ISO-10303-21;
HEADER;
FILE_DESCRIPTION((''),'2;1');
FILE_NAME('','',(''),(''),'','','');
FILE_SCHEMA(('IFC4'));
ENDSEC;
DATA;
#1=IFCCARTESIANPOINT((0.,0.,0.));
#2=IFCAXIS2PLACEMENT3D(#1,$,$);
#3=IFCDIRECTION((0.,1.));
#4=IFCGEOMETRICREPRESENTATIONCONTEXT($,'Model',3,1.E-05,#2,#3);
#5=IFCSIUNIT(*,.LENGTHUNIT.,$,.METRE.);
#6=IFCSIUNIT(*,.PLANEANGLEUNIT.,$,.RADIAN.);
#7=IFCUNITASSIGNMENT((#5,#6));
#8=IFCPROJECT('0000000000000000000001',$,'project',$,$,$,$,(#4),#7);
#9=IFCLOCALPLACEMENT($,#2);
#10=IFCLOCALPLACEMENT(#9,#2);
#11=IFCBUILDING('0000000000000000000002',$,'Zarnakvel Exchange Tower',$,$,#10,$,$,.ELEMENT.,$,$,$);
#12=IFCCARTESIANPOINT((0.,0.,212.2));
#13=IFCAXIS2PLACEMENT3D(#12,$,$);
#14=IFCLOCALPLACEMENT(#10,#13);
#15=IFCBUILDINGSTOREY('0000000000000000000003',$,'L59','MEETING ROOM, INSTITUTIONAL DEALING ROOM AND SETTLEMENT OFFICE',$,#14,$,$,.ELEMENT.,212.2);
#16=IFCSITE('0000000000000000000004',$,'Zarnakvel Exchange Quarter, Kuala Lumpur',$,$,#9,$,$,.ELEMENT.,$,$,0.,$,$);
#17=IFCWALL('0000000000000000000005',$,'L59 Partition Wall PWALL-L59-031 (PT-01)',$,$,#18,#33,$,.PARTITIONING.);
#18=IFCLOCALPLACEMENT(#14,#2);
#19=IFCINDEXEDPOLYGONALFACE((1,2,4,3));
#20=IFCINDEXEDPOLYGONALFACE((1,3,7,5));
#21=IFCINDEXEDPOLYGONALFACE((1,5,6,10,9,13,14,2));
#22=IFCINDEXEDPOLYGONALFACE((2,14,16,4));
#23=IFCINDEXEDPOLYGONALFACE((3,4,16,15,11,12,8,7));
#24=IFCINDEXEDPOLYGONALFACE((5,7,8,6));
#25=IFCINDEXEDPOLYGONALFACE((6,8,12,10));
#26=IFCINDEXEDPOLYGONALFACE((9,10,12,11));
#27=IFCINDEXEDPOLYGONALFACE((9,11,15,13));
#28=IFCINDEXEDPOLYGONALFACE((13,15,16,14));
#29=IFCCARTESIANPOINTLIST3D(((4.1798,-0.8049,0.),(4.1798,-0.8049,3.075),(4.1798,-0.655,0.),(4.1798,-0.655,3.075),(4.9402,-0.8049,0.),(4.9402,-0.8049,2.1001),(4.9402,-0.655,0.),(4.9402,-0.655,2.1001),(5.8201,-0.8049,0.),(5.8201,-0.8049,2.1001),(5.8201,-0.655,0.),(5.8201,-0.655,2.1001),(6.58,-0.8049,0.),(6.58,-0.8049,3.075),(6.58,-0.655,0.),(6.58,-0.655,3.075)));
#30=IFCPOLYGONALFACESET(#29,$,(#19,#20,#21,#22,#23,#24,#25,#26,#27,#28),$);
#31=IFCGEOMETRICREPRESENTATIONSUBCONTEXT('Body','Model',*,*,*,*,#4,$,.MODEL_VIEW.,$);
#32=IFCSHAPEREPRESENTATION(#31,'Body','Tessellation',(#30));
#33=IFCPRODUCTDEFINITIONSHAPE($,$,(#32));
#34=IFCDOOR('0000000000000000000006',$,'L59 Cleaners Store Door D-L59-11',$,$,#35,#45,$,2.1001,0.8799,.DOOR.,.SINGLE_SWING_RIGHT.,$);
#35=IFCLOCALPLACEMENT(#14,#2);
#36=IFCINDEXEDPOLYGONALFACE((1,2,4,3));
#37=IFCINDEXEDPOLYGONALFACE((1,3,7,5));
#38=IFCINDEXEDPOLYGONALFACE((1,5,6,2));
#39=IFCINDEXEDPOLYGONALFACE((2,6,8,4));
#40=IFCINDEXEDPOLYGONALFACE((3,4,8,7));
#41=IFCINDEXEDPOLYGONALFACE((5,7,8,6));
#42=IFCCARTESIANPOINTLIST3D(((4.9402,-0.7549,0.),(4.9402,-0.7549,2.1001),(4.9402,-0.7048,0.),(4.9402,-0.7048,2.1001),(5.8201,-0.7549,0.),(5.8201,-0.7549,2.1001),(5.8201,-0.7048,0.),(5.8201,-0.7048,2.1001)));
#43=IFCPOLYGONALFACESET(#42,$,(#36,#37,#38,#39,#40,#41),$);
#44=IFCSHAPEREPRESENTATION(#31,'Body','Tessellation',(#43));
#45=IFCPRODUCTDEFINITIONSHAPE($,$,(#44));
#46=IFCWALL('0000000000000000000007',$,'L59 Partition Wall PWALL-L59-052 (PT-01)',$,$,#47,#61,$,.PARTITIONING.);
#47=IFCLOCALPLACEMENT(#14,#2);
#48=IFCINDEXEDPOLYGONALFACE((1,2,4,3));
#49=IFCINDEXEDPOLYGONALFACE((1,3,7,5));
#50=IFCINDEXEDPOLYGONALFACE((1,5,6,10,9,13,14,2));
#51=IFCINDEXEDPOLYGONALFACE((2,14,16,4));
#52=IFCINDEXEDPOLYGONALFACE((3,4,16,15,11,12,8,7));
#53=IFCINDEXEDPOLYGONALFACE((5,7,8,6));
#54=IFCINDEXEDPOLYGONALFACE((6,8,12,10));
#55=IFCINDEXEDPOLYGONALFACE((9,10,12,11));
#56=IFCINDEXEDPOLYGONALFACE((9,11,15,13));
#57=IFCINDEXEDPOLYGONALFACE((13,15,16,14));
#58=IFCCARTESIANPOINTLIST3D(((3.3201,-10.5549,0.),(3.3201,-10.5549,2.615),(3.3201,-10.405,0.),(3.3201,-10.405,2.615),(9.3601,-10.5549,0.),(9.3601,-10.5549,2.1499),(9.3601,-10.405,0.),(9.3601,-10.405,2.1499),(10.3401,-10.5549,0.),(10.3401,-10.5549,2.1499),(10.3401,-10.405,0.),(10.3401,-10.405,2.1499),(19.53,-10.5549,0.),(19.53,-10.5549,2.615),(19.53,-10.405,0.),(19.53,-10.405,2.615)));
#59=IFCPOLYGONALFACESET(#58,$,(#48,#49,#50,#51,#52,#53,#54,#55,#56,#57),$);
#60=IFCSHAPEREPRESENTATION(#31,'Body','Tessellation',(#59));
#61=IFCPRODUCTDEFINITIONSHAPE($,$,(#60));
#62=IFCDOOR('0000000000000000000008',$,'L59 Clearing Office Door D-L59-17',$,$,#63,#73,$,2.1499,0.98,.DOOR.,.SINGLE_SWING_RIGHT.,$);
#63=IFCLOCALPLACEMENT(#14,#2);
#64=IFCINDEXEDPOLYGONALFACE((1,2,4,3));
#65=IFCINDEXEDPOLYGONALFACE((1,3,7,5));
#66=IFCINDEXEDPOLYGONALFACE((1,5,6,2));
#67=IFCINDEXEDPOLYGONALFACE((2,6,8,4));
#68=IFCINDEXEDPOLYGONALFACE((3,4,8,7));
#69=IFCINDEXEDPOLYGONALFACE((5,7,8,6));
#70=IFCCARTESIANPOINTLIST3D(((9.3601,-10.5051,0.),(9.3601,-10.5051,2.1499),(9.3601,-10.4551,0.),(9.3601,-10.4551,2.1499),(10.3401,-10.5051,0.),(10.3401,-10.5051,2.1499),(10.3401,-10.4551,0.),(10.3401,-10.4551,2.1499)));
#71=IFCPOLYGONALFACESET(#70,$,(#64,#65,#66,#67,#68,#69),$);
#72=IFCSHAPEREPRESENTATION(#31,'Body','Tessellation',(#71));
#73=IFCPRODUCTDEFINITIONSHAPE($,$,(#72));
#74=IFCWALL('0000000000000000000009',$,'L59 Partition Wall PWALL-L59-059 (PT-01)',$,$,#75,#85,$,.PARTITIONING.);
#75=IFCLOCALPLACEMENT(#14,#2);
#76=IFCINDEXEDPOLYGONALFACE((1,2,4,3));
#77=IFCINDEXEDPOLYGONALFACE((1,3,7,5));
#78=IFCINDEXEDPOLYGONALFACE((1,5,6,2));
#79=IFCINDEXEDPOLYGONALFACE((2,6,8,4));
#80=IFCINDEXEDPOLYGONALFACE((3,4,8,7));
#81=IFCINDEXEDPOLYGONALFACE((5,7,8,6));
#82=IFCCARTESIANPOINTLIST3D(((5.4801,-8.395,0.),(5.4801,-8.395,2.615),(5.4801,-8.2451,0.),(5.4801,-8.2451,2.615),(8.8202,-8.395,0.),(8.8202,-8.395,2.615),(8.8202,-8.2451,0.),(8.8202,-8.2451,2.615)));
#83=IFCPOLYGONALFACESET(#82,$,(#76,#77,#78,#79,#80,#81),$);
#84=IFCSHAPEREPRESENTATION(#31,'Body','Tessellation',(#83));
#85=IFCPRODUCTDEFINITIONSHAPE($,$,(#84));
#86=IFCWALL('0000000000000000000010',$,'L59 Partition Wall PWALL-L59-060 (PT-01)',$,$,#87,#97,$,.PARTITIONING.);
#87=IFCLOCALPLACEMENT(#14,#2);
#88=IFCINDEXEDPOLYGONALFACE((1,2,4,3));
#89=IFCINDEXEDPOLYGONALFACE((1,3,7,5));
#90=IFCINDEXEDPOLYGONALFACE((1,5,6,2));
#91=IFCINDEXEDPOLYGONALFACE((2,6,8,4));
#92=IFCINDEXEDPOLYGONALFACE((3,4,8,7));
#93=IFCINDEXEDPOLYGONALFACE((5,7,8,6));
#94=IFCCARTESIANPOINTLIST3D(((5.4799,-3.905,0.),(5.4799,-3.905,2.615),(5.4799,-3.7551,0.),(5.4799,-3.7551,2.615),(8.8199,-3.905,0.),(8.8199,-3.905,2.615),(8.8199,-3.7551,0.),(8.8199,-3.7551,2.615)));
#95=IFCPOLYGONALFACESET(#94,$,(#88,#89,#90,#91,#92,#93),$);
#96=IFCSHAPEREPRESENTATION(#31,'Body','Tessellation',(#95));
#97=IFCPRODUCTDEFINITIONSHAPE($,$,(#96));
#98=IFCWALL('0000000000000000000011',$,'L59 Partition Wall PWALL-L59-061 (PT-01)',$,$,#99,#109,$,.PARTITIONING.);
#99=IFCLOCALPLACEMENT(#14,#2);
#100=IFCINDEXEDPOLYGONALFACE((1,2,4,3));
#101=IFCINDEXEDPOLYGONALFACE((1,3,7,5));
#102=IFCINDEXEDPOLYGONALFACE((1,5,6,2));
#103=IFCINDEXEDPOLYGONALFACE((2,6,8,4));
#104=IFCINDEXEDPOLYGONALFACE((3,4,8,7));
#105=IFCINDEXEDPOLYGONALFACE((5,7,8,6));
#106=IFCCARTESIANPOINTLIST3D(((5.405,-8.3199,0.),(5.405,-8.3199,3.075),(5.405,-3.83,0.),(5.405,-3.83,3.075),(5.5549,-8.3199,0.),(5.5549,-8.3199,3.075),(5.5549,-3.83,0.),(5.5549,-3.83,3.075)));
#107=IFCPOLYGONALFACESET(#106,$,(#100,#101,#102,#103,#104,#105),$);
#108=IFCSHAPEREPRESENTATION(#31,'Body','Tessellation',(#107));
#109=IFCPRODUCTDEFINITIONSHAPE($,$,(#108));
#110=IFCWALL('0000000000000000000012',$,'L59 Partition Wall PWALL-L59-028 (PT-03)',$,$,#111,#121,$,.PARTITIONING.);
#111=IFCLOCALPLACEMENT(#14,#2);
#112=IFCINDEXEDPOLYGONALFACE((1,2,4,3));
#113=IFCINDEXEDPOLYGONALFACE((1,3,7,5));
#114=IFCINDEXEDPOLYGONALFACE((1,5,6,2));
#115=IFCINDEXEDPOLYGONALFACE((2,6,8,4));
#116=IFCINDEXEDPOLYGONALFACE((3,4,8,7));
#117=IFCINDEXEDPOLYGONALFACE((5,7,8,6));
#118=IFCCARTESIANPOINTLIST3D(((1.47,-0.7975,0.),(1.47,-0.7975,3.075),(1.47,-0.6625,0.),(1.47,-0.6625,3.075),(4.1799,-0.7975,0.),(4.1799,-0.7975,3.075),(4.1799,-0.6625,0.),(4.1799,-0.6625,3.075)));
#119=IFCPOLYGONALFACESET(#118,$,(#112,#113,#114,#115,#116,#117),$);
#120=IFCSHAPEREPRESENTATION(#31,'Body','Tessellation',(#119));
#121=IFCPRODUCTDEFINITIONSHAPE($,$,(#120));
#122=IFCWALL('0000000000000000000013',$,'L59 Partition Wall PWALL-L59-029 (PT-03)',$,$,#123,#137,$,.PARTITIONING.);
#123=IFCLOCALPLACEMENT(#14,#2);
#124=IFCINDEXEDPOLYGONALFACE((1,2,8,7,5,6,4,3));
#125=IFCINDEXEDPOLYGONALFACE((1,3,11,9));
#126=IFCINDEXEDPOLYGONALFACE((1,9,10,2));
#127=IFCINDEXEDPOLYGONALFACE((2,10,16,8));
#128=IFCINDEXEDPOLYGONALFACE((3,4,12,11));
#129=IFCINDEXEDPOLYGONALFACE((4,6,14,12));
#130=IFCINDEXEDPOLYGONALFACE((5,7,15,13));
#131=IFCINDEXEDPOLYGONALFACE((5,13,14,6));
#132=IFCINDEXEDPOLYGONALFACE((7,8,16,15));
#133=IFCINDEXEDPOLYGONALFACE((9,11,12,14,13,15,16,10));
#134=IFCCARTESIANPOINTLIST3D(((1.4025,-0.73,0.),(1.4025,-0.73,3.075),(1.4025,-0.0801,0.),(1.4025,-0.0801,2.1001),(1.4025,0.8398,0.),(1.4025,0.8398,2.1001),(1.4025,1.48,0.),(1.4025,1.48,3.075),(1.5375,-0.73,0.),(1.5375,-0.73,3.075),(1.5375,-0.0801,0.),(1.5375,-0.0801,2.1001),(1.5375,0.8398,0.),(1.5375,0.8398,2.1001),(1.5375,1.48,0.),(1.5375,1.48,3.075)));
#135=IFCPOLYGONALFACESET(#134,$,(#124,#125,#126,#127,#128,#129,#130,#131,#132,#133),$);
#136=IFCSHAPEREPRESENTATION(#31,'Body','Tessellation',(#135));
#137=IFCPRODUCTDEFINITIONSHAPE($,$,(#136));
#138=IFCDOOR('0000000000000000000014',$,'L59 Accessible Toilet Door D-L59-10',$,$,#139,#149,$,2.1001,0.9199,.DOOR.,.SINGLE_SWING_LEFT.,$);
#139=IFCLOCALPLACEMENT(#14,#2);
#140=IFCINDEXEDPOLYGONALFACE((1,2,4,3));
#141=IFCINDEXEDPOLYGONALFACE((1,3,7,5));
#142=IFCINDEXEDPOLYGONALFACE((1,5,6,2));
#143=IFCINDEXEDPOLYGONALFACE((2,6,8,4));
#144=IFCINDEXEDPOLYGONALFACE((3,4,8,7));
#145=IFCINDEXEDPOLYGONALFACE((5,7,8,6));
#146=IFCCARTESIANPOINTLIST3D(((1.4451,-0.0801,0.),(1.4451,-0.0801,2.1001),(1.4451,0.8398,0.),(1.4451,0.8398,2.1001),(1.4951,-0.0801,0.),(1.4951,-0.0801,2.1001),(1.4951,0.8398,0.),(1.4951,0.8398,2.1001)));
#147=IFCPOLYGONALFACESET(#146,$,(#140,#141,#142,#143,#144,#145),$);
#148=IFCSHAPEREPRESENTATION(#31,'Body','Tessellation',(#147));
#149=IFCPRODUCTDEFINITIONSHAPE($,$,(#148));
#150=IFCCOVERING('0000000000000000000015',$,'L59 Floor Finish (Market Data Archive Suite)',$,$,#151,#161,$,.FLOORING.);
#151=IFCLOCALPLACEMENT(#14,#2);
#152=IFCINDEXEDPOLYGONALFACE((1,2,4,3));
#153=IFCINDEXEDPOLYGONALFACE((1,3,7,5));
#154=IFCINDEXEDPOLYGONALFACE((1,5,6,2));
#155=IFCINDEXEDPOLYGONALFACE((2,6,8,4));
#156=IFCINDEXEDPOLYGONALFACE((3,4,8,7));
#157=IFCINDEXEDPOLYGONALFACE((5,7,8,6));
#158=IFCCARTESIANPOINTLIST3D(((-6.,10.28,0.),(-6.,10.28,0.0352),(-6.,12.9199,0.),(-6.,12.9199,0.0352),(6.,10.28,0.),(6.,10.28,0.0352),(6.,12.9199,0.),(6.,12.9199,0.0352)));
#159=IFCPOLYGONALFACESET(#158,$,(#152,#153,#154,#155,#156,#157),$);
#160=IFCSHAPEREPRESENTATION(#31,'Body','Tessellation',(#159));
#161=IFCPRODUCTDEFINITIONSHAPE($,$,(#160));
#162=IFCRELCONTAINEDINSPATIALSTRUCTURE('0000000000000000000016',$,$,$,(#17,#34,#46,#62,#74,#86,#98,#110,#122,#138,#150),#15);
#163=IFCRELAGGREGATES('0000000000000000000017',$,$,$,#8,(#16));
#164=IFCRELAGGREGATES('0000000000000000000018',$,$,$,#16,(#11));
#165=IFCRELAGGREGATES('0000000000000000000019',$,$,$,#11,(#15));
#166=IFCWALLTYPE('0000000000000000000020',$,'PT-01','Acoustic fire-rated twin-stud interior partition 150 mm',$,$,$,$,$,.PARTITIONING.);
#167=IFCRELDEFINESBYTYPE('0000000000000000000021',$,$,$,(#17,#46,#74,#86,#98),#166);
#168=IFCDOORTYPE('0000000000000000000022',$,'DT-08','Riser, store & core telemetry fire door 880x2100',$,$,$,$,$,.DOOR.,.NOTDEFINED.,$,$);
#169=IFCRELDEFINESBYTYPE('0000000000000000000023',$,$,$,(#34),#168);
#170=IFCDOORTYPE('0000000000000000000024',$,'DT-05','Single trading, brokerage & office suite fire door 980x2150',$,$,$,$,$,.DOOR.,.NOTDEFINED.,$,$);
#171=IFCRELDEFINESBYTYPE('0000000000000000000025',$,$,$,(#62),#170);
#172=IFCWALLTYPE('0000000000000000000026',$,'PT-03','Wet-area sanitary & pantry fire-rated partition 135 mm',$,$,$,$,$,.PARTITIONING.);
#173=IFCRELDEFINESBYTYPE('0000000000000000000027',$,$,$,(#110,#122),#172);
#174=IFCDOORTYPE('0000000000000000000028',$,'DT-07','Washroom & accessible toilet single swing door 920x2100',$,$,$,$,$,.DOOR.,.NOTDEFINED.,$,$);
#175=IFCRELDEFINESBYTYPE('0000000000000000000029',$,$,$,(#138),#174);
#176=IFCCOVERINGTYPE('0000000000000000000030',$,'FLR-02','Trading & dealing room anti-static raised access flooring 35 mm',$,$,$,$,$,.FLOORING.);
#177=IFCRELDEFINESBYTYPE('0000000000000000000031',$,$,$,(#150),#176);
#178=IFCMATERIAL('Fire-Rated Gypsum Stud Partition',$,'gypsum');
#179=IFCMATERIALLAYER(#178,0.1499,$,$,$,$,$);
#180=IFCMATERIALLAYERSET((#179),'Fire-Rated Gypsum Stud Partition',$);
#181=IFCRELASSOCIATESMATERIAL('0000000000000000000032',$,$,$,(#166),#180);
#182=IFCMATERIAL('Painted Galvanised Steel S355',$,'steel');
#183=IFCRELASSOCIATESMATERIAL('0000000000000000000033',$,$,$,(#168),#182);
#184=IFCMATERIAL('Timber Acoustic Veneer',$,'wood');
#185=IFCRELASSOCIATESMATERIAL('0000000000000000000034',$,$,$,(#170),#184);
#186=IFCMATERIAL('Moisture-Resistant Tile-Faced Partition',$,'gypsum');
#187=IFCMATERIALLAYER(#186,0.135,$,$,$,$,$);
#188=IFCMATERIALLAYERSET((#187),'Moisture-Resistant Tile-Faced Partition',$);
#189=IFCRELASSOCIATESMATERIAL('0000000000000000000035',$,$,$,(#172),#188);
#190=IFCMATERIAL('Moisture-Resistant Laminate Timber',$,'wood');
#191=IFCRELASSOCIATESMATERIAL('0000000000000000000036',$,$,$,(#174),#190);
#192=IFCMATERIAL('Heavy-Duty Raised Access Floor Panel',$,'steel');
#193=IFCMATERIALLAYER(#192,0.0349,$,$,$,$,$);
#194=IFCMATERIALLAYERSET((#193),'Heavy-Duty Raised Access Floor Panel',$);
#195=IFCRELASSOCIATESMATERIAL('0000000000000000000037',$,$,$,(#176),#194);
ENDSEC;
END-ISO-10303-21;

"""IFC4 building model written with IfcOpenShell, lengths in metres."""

from ifc_helpers import new_model, si_unit, direction, frame, frame_2d, origin, place, context, subcontext, project, spatial, polyline, rectangle, outline, extrude, source, transform, mapped, material, layer, layer_set, type_object, element, fill, save


model = new_model("IFC4")

# Units and contexts
model_context = context("Model", 3, precision=1e-05, world=origin(), true_north=direction((0.0, 1.0)))
body_context = subcontext(model_context, "Body", "Model", "MODEL_VIEW")
ifc_project = project(units=[si_unit("LENGTHUNIT", "METRE"), si_unit("PLANEANGLEUNIT", "RADIAN")], contexts=[model_context])

# Site, building, storey
site_placement = place(None, origin())
site = spatial("IfcSite", under=ifc_project, at=site_placement, Name="Zarnakvel Exchange Quarter, Kuala Lumpur", CompositionType="ELEMENT", RefElevation=0.0)
building_placement = place(site_placement, origin())
building = spatial("IfcBuilding", under=site, at=building_placement, Name="Zarnakvel Exchange Tower", CompositionType="ELEMENT")
storey_placement = place(building_placement, frame((0.0, 0.0, 212.2)))
storey = spatial("IfcBuildingStorey", under=building, at=storey_placement, Name="L59", Description="MEETING ROOM, INSTITUTIONAL DEALING ROOM AND SETTLEMENT OFFICE", CompositionType="ELEMENT", Elevation=212.2)

# Walls, openings, doors
ifc_material_1 = material(Name="Fire-Rated Gypsum Stud Partition", Category="gypsum")
ifc_layer_1 = layer(ifc_material_1, 0.1499)
ifc_layer_set_1 = layer_set([ifc_layer_1], Name="Fire-Rated Gypsum Stud Partition")
wall_type_1 = type_object("IfcWallType", Name="PT-01", Description="Acoustic fire-rated twin-stud interior partition 150 mm", PredefinedType="PARTITIONING", material=ifc_layer_set_1)
wall_1_placement = place(storey_placement, frame((6.5801, -0.73, 0.0), z_axis=(0.0, 0.0, 1.0), x_axis=(-1.0, 0.0, 0.0)))
wall_1 = element("IfcWall", 1, at=wall_1_placement, inside=storey, type_object=wall_type_1, Name="L59 Partition Wall PWALL-L59-031 (PT-01)", PredefinedType="PARTITIONING", context=body_context, shape_type="SweptSolid", body=[
    extrude(rectangle(XDim=2.4001, YDim=0.1499, at=frame_2d((1.2002, 0.0))), origin(), (0.0, 0.0, 1.0), 3.075),
])
opening_1_placement = place(wall_1_placement, frame((0.76, 0.0, 0.0)))
opening_1 = element("IfcOpeningElement", 2, at=opening_1_placement, cuts=wall_1, PredefinedType="OPENING", context=body_context, shape_type="SweptSolid", body=[
    extrude(rectangle(XDim=0.8799, YDim=2.1001, at=frame_2d((0.4399, 1.05))), frame((0.0, 0.085, 0.0), z_axis=(0.0, -1.0, 0.0), x_axis=(1.0, 0.0, 0.0)), (0.0, 0.0, 1.0), 0.1699),
])
ifc_material_2 = material(Name="Painted Galvanised Steel S355", Category="steel")
door_type_1 = type_object("IfcDoorType", Name="DT-08", Description="Riser, store & core telemetry fire door 880x2100", OperationType="NOTDEFINED", PredefinedType="DOOR", material=ifc_material_2)
shared_shape_1 = source(origin(), body_context, "Body", "SweptSolid", [
    extrude(rectangle(XDim=0.8799, YDim=2.1001, at=frame_2d((0.4399, 1.05))), frame((0.0, 0.0249, 0.0), z_axis=(0.0, -1.0, 0.0), x_axis=(1.0, 0.0, 0.0)), (0.0, 0.0, 1.0), 0.05),
])
door_1_placement = place(opening_1_placement, origin())
door_1 = element("IfcDoor", 3, at=door_1_placement, inside=storey, type_object=door_type_1, Name="L59 Cleaners Store Door D-L59-11", OperationType="SINGLE_SWING_RIGHT", OverallHeight=2.1001, OverallWidth=0.8799, PredefinedType="DOOR", context=body_context, shape_type="MappedRepresentation", body=[
    mapped(shared_shape_1, transform((0.0, 0.0, 0.0), x_axis=(1.0, 0.0, 0.0), y_axis=(0.0, 1.0, 0.0), z_axis=(0.0, 0.0, 1.0), scale=1.0)),
])
fill(opening_1, door_1)
wall_2_placement = place(storey_placement, frame((3.3201, -10.48, 0.0), z_axis=(0.0, 0.0, 1.0), x_axis=(1.0, 0.0, 0.0)))
wall_2 = element("IfcWall", 4, at=wall_2_placement, inside=storey, type_object=wall_type_1, Name="L59 Partition Wall PWALL-L59-052 (PT-01)", PredefinedType="PARTITIONING", context=body_context, shape_type="SweptSolid", body=[
    extrude(rectangle(XDim=16.21, YDim=0.1499, at=frame_2d((8.105, 0.0))), origin(), (0.0, 0.0, 1.0), 2.615),
])
opening_2_placement = place(wall_2_placement, frame((6.04, 0.0, 0.0)))
opening_2 = element("IfcOpeningElement", 5, at=opening_2_placement, cuts=wall_2, PredefinedType="OPENING", context=body_context, shape_type="SweptSolid", body=[
    extrude(rectangle(XDim=0.98, YDim=2.1499, at=frame_2d((0.49, 1.075))), frame((0.0, 0.085, 0.0), z_axis=(0.0, -1.0, 0.0), x_axis=(1.0, 0.0, 0.0)), (0.0, 0.0, 1.0), 0.1699),
])
ifc_material_3 = material(Name="Timber Acoustic Veneer", Category="wood")
door_type_2 = type_object("IfcDoorType", Name="DT-05", Description="Single trading, brokerage & office suite fire door 980x2150", OperationType="NOTDEFINED", PredefinedType="DOOR", material=ifc_material_3)
shared_shape_2 = source(origin(), body_context, "Body", "SweptSolid", [
    extrude(rectangle(XDim=0.98, YDim=2.1499, at=frame_2d((0.49, 1.075))), frame((0.0, 0.0249, 0.0), z_axis=(0.0, -1.0, 0.0), x_axis=(1.0, 0.0, 0.0)), (0.0, 0.0, 1.0), 0.05),
])
door_2_placement = place(opening_2_placement, origin())
door_2 = element("IfcDoor", 6, at=door_2_placement, inside=storey, type_object=door_type_2, Name="L59 Clearing Office Door D-L59-17", OperationType="SINGLE_SWING_RIGHT", OverallHeight=2.1499, OverallWidth=0.98, PredefinedType="DOOR", context=body_context, shape_type="MappedRepresentation", body=[
    mapped(shared_shape_2, transform((0.0, 0.0, 0.0), x_axis=(1.0, 0.0, 0.0), y_axis=(0.0, 1.0, 0.0), z_axis=(0.0, 0.0, 1.0), scale=1.0)),
])
fill(opening_2, door_2)

# Walls
for number, where, z_axis, x_axis, name in (
    (7, (8.8201, -8.3201, 0.0), (0.0, 0.0, 1.0), (-1.0, 0.0, 0.0), "L59 Partition Wall PWALL-L59-059 (PT-01)"),
    (8, (5.48, -3.8301, 0.0), (0.0, 0.0, 1.0), (1.0, 0.0, 0.0), "L59 Partition Wall PWALL-L59-060 (PT-01)"),
):
    element("IfcWall", number, at=place(storey_placement, frame(where, z_axis=z_axis, x_axis=x_axis)), inside=storey, type_object=wall_type_1, Name=name, PredefinedType="PARTITIONING", context=body_context, shape_type="SweptSolid", body=[
        extrude(rectangle(XDim=3.3401, YDim=0.1499, at=frame_2d((1.6699, 0.0))), origin(), (0.0, 0.0, 1.0), 2.615),
    ])
wall_3_placement = place(storey_placement, frame((5.48, -8.3201, 0.0), z_axis=(0.0, 0.0, 1.0), x_axis=(0.0, 1.0, 0.0)))
element("IfcWall", 9, at=wall_3_placement, inside=storey, type_object=wall_type_1, Name="L59 Partition Wall PWALL-L59-061 (PT-01)", PredefinedType="PARTITIONING", context=body_context, shape_type="SweptSolid", body=[
    extrude(rectangle(XDim=4.49, YDim=0.1499, at=frame_2d((2.2451, 0.0))), origin(), (0.0, 0.0, 1.0), 3.075),
])

# Wall
ifc_material_4 = material(Name="Moisture-Resistant Tile-Faced Partition", Category="gypsum")
ifc_layer_2 = layer(ifc_material_4, 0.135)
ifc_layer_set_2 = layer_set([ifc_layer_2], Name="Moisture-Resistant Tile-Faced Partition")
wall_type_2 = type_object("IfcWallType", Name="PT-03", Description="Wet-area sanitary & pantry fire-rated partition 135 mm", PredefinedType="PARTITIONING", material=ifc_layer_set_2)
wall_4_placement = place(storey_placement, frame((4.1799, -0.73, 0.0), z_axis=(0.0, 0.0, 1.0), x_axis=(-1.0, 0.0, 0.0)))
element("IfcWall", 10, at=wall_4_placement, inside=storey, type_object=wall_type_2, Name="L59 Partition Wall PWALL-L59-028 (PT-03)", PredefinedType="PARTITIONING", context=body_context, shape_type="SweptSolid", body=[
    extrude(rectangle(XDim=2.71, YDim=0.135, at=frame_2d((1.355, 0.0))), origin(), (0.0, 0.0, 1.0), 3.075),
])

# Wall, opening, door
wall_5_placement = place(storey_placement, frame((1.47, -0.73, 0.0), z_axis=(0.0, 0.0, 1.0), x_axis=(0.0, 1.0, 0.0)))
wall_5 = element("IfcWall", 11, at=wall_5_placement, inside=storey, type_object=wall_type_2, Name="L59 Partition Wall PWALL-L59-029 (PT-03)", PredefinedType="PARTITIONING", context=body_context, shape_type="SweptSolid", body=[
    extrude(rectangle(XDim=2.21, YDim=0.135, at=frame_2d((1.105, 0.0))), origin(), (0.0, 0.0, 1.0), 3.075),
])
opening_3_placement = place(wall_5_placement, frame((0.6499, 0.0, 0.0)))
opening_3 = element("IfcOpeningElement", 12, at=opening_3_placement, cuts=wall_5, PredefinedType="OPENING", context=body_context, shape_type="SweptSolid", body=[
    extrude(rectangle(XDim=0.9199, YDim=2.1001, at=frame_2d((0.46, 1.05))), frame((0.0, 0.0774, 0.0), z_axis=(0.0, -1.0, 0.0), x_axis=(1.0, 0.0, 0.0)), (0.0, 0.0, 1.0), 0.155),
])
ifc_material_5 = material(Name="Moisture-Resistant Laminate Timber", Category="wood")
door_type_3 = type_object("IfcDoorType", Name="DT-07", Description="Washroom & accessible toilet single swing door 920x2100", OperationType="NOTDEFINED", PredefinedType="DOOR", material=ifc_material_5)
shared_shape_3 = source(origin(), body_context, "Body", "SweptSolid", [
    extrude(rectangle(XDim=0.9199, YDim=2.1001, at=frame_2d((0.46, 1.05))), frame((0.0, 0.0249, 0.0), z_axis=(0.0, -1.0, 0.0), x_axis=(1.0, 0.0, 0.0)), (0.0, 0.0, 1.0), 0.05),
])
door_3_placement = place(opening_3_placement, origin())
door_3 = element("IfcDoor", 13, at=door_3_placement, inside=storey, type_object=door_type_3, Name="L59 Accessible Toilet Door D-L59-10", OperationType="SINGLE_SWING_LEFT", OverallHeight=2.1001, OverallWidth=0.9199, PredefinedType="DOOR", context=body_context, shape_type="MappedRepresentation", body=[
    mapped(shared_shape_3, transform((0.0, 0.0, 0.0), x_axis=(1.0, 0.0, 0.0), y_axis=(0.0, 1.0, 0.0), z_axis=(0.0, 0.0, 1.0), scale=1.0)),
])
fill(opening_3, door_3)

# Covering
ifc_material_6 = material(Name="Heavy-Duty Raised Access Floor Panel", Category="steel")
ifc_layer_3 = layer(ifc_material_6, 0.0349)
ifc_layer_set_3 = layer_set([ifc_layer_3], Name="Heavy-Duty Raised Access Floor Panel")
covering_type = type_object("IfcCoveringType", Name="FLR-02", Description="Trading & dealing room anti-static raised access flooring 35 mm", PredefinedType="FLOORING", material=ifc_layer_set_3)
covering_placement = place(storey_placement, origin())
element("IfcCovering", 14, at=covering_placement, inside=storey, type_object=covering_type, Name="L59 Floor Finish (Market Data Archive Suite)", PredefinedType="FLOORING", context=body_context, shape_type="SweptSolid", body=[
    extrude(outline(polyline([(-6.0, 12.9199), (6.0, 12.9199), (6.0, 10.28), (-6.0, 10.28), (-6.0, 12.9199)])), origin(), (0.0, 0.0, 1.0), 0.0352),
])

save(model, "model.ifc")
